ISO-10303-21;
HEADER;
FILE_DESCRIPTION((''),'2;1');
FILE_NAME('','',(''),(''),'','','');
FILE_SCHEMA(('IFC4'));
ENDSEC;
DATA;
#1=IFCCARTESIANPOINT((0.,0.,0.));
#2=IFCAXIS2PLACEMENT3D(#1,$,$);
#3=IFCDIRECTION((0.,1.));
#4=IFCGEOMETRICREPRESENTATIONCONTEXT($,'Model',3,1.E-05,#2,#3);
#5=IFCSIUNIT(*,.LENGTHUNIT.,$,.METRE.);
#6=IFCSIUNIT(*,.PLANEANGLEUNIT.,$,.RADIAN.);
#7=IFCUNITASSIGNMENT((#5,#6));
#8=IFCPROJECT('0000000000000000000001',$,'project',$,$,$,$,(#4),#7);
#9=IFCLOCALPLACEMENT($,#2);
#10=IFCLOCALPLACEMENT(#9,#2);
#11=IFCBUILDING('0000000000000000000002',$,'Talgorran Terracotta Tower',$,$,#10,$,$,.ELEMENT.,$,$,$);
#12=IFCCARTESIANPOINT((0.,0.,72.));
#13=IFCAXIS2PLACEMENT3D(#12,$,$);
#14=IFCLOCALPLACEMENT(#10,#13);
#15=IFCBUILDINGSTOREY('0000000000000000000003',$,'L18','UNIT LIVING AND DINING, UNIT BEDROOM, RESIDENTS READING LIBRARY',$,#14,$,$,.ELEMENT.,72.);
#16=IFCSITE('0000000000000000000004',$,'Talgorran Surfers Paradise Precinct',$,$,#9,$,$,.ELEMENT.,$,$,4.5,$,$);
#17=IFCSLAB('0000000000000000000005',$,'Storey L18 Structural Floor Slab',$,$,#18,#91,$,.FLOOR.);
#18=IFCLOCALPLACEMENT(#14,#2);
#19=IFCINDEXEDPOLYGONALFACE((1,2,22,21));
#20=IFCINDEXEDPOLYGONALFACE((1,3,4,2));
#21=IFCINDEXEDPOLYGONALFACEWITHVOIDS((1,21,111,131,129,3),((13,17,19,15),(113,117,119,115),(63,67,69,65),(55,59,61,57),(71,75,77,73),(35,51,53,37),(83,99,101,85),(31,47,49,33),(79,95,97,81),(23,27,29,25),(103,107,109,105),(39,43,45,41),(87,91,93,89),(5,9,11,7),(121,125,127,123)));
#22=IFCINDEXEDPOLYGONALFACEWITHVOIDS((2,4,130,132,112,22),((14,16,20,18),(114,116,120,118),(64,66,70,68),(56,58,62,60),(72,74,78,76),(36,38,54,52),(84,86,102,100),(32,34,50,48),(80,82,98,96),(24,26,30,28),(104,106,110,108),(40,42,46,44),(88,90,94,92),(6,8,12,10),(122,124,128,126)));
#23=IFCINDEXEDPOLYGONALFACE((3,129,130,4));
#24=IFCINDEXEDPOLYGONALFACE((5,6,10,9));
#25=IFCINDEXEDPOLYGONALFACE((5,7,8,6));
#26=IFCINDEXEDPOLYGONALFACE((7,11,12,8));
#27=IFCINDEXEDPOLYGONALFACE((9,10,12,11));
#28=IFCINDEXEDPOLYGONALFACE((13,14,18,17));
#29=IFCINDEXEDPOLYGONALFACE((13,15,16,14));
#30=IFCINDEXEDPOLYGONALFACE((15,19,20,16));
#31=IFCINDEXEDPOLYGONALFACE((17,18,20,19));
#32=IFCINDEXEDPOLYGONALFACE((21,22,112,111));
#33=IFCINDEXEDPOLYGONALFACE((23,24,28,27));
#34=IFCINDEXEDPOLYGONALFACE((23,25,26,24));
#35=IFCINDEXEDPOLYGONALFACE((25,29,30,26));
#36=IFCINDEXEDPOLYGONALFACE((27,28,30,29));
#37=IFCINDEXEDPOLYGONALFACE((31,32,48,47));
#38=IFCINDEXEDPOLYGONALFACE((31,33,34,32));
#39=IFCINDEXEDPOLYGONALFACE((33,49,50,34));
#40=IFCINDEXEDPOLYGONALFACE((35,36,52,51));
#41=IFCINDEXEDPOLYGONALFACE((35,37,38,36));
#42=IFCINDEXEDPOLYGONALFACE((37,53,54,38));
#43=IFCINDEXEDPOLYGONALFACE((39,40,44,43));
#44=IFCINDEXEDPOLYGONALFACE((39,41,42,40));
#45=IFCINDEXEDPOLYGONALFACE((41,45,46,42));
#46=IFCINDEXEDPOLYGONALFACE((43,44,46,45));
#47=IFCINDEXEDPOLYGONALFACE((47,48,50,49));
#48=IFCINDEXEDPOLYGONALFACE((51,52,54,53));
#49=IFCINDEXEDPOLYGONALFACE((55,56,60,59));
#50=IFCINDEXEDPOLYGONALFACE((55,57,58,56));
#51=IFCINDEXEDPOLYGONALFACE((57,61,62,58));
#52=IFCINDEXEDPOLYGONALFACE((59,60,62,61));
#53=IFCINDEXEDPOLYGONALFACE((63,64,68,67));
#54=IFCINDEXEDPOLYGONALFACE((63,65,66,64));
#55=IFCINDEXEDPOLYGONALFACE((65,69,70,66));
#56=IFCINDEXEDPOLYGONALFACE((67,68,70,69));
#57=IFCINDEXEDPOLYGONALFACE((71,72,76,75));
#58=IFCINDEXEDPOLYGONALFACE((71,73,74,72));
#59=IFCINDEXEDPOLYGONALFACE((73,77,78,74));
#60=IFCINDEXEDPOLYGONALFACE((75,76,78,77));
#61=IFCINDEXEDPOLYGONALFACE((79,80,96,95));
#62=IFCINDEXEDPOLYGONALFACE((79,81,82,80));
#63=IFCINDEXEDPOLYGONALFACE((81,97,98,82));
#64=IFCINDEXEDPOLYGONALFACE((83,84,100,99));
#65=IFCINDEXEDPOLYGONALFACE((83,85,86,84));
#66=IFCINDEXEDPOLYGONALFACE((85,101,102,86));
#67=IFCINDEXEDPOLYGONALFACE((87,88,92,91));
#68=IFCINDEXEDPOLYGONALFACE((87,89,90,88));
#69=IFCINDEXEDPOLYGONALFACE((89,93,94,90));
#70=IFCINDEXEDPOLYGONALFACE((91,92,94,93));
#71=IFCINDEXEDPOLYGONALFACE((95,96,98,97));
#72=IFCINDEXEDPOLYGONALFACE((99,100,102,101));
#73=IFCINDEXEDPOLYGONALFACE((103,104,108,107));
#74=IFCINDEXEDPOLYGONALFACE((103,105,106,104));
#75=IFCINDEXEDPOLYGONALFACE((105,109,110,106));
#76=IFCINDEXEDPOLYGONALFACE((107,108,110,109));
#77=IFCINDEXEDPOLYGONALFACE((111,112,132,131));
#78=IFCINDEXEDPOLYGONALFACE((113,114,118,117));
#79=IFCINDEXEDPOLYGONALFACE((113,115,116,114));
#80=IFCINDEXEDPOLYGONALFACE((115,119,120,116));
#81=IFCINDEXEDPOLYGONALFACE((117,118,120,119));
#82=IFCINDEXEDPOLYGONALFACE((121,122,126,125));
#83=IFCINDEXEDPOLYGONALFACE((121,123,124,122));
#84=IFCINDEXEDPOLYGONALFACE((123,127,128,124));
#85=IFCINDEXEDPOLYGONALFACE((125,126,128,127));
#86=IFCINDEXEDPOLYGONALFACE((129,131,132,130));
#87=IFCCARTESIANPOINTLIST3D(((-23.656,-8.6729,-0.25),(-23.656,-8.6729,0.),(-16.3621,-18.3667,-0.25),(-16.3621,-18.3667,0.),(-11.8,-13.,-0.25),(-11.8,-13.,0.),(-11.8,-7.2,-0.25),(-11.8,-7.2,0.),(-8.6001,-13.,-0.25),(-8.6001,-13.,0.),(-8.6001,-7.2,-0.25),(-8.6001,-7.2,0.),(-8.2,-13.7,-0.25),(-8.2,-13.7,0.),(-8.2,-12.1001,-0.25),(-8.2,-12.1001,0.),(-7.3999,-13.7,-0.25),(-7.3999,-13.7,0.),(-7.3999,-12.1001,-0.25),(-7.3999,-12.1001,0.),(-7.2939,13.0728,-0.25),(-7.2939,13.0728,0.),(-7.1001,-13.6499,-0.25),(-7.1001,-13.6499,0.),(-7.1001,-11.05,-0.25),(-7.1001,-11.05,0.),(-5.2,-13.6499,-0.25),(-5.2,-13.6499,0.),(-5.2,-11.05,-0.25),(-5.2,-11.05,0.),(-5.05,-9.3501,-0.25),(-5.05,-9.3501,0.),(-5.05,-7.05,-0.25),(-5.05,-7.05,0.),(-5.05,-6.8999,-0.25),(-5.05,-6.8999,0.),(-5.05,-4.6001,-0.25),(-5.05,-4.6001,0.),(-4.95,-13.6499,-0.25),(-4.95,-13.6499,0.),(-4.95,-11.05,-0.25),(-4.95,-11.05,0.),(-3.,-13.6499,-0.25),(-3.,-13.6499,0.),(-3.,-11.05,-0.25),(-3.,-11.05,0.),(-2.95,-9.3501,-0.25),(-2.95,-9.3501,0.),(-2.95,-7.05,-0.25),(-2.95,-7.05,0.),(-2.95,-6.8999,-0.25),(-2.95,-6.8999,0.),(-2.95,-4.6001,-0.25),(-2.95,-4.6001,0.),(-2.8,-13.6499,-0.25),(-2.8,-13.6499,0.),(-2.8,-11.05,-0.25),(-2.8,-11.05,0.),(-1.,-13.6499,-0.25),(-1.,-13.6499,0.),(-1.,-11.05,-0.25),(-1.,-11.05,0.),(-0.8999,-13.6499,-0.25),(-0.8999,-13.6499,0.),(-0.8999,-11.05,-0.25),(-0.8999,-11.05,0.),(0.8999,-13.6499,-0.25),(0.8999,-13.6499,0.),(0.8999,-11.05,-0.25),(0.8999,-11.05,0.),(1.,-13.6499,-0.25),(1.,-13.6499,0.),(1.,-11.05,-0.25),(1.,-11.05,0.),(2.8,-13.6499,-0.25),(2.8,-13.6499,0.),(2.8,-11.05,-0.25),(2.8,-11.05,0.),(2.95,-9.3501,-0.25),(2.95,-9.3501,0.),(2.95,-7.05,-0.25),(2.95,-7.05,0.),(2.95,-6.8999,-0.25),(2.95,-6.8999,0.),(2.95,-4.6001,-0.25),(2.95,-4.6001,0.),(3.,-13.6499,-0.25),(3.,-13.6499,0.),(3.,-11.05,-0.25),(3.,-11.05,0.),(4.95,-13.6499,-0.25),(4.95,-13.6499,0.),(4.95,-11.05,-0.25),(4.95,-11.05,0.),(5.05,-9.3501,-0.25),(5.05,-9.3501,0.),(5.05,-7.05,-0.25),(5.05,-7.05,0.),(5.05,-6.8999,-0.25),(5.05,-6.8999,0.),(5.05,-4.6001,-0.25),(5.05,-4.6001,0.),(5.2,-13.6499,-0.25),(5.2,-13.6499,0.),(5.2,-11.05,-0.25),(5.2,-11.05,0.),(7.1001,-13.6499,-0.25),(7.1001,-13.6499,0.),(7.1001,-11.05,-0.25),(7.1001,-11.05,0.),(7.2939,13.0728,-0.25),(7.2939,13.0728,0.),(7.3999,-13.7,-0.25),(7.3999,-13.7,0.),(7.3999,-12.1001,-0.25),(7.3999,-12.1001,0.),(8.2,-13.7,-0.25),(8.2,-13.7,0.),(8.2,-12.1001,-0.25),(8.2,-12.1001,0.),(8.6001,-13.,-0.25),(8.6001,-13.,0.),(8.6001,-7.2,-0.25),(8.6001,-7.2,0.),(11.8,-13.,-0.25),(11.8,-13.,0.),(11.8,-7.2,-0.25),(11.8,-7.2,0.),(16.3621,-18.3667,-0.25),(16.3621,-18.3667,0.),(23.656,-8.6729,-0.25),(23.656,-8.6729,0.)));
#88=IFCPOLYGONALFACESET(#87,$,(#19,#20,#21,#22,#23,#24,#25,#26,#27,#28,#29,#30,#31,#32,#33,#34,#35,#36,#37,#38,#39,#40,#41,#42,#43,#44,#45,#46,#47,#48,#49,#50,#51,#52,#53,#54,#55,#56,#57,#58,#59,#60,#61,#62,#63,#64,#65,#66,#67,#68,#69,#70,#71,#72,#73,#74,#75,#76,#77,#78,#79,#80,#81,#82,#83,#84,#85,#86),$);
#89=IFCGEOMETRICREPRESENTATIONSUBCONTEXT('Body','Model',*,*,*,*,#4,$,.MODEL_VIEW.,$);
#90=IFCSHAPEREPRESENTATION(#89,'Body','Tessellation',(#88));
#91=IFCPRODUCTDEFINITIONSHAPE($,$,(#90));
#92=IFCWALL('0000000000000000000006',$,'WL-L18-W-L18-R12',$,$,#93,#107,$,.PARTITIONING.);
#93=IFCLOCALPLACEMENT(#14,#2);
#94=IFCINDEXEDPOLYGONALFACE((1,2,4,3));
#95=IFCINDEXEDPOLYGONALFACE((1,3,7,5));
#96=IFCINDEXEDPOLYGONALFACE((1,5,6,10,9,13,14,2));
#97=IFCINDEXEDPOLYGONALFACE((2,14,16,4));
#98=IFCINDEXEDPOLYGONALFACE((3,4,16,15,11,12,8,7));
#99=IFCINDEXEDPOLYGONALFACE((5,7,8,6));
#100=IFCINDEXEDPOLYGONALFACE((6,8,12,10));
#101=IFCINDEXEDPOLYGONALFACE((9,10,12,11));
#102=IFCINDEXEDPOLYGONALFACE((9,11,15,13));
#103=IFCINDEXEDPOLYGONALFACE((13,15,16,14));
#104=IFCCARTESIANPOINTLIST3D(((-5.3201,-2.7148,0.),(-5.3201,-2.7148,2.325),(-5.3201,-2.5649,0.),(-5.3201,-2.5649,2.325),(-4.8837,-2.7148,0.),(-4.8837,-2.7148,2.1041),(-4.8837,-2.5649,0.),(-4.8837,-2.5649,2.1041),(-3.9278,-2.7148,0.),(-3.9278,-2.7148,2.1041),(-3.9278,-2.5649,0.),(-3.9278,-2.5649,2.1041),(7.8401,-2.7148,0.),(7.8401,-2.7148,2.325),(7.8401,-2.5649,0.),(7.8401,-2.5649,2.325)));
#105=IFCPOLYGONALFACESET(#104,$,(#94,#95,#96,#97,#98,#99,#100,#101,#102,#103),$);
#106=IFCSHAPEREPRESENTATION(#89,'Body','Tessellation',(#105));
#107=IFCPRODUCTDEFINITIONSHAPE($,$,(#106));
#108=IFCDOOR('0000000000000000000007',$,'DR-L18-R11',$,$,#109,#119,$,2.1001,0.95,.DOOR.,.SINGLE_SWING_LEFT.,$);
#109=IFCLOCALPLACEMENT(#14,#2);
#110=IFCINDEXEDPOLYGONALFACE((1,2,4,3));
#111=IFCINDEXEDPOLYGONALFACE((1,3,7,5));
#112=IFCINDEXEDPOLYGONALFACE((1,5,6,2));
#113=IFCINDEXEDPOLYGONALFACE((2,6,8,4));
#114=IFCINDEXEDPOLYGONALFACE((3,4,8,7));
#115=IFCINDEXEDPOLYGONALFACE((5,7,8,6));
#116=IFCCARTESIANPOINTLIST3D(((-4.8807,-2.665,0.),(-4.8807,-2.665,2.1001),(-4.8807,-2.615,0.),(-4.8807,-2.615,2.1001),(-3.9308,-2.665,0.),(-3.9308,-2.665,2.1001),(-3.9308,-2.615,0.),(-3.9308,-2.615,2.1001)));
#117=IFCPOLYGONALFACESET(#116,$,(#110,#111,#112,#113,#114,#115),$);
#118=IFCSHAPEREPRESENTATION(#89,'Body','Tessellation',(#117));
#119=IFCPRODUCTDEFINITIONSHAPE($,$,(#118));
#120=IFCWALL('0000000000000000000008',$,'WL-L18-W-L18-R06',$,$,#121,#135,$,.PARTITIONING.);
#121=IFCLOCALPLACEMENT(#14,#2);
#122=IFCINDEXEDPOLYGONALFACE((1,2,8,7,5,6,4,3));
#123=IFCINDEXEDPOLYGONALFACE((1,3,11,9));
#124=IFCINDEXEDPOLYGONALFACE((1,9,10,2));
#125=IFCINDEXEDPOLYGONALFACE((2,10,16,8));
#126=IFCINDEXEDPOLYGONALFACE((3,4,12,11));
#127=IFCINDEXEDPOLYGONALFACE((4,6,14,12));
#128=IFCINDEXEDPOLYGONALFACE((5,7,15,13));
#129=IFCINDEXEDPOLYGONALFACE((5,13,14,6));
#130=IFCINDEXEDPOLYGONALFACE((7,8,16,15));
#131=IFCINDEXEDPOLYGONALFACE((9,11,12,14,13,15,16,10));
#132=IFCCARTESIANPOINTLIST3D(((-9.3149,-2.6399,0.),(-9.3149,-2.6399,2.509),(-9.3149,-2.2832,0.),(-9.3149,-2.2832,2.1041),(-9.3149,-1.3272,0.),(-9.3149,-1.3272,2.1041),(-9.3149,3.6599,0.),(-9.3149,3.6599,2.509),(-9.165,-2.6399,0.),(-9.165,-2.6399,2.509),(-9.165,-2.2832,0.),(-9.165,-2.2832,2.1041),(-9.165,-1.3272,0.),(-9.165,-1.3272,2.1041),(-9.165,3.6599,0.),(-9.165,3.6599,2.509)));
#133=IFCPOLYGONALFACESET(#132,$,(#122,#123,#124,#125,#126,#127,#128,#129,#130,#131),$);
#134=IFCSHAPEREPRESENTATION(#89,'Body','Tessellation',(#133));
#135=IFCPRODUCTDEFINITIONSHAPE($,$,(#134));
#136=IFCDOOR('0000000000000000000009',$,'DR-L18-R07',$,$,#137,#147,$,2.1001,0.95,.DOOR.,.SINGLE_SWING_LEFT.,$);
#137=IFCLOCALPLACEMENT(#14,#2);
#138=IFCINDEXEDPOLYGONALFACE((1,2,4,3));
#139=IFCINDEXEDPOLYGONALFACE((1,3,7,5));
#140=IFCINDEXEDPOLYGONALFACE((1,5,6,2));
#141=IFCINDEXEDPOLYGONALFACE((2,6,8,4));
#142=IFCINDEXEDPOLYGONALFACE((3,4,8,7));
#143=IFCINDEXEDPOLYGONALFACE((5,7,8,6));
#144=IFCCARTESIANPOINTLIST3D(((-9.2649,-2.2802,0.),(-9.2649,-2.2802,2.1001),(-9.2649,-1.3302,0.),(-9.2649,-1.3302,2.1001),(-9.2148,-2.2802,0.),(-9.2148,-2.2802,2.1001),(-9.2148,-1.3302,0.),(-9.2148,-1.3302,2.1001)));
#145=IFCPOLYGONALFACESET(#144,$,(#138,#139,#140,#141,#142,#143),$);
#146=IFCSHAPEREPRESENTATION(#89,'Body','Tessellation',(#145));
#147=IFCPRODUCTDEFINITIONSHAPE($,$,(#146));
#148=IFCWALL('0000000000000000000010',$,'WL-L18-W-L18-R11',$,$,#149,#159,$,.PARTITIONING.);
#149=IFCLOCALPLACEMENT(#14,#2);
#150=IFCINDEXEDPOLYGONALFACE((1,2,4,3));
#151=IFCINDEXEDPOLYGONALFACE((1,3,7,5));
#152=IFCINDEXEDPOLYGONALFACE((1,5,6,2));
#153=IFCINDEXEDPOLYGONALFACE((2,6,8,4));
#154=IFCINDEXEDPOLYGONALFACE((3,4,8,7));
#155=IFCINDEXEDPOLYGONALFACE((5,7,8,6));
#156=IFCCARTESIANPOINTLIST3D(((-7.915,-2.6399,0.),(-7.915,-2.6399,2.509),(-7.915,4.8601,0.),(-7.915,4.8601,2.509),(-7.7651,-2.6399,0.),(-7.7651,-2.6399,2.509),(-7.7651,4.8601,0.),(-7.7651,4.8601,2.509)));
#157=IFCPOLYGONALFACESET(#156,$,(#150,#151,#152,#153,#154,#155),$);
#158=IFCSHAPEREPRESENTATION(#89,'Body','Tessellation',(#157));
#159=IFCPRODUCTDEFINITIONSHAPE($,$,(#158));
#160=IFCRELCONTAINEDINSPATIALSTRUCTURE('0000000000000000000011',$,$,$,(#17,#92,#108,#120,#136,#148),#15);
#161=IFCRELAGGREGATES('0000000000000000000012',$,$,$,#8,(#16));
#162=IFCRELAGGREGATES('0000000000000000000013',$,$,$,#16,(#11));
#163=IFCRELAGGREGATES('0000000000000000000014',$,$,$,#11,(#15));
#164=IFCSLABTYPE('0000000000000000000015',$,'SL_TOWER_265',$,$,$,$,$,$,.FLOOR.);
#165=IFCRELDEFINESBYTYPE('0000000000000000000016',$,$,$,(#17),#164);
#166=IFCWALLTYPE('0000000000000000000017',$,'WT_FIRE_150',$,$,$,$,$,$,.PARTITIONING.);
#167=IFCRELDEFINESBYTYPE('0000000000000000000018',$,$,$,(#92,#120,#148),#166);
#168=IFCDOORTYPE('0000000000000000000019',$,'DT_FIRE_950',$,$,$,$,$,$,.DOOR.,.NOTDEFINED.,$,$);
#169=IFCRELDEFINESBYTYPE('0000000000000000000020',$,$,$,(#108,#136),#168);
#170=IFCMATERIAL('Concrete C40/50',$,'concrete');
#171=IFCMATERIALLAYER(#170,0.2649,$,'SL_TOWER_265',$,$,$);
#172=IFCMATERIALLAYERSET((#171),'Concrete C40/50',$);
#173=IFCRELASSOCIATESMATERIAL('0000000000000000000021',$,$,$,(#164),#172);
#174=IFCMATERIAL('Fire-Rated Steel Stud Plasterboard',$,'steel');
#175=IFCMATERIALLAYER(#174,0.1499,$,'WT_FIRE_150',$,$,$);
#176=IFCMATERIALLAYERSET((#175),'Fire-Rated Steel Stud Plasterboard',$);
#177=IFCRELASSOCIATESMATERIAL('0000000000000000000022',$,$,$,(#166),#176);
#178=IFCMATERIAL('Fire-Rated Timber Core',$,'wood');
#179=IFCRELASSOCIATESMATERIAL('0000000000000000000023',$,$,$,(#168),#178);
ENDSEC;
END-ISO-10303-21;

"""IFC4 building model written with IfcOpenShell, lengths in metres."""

from ifc_helpers import new_model, si_unit, direction, frame, frame_2d, origin, place, context, subcontext, project, spatial, polyline, rectangle, outline, extrude, material, layer, layer_set, type_object, element, fill, save


model = new_model("IFC4")

# Units and contexts
model_context = context("Model", 3, precision=1e-05, world=origin(), true_north=direction((0.0, 1.0)))
body_context = subcontext(model_context, "Body", "Model", "MODEL_VIEW")
ifc_project = project(units=[si_unit("LENGTHUNIT", "METRE"), si_unit("PLANEANGLEUNIT", "RADIAN")], contexts=[model_context])

# Site, building, storey
site_placement = place(None, origin())
site = spatial("IfcSite", under=ifc_project, at=site_placement, Name="Talgorran Surfers Paradise Precinct", CompositionType="ELEMENT", RefElevation=4.5)
building_placement = place(site_placement, origin())
building = spatial("IfcBuilding", under=site, at=building_placement, Name="Talgorran Terracotta Tower", CompositionType="ELEMENT")
storey_placement = place(building_placement, frame((0.0, 0.0, 72.0)))
storey = spatial("IfcBuildingStorey", under=building, at=storey_placement, Name="L18", Description="UNIT LIVING AND DINING, UNIT BEDROOM, RESIDENTS READING LIBRARY", CompositionType="ELEMENT", Elevation=72.0)

# Slab
ifc_material_1 = material(Name="Concrete C40/50", Category="concrete")
ifc_layer_1 = layer(ifc_material_1, 0.2649, Name="SL_TOWER_265")
ifc_layer_set_1 = layer_set([ifc_layer_1], Name="Concrete C40/50")
slab_type_1 = type_object("IfcSlabType", Name="SL_TOWER_265", PredefinedType="FLOOR", material=ifc_layer_set_1)
slab_1_placement = place(storey_placement, frame((0.0, 0.0, -0.25)))
element("IfcSlab", 1, at=slab_1_placement, inside=storey, type_object=slab_type_1, Name="Storey L18 Structural Floor Slab", PredefinedType="FLOOR", context=body_context, shape_type="SweptSolid", body=[
    extrude(outline(polyline([(-23.656, -8.6729), (-16.3621, -18.3667), (16.3621, -18.3667), (23.656, -8.6729), (7.2939, 13.0728), (-7.2939, 13.0728), (-23.656, -8.6729)]), holes=[polyline([(-11.8, -7.2), (-11.8, -13.0), (-8.6001, -13.0), (-8.6001, -7.2), (-11.8, -7.2)]), polyline([(8.6001, -7.2), (8.6001, -13.0), (11.8, -13.0), (11.8, -7.2), (8.6001, -7.2)]), polyline([(-7.1001, -13.6499), (-5.2, -13.6499), (-5.2, -11.05), (-7.1001, -11.05), (-7.1001, -13.6499)]), polyline([(5.2, -13.6499), (7.1001, -13.6499), (7.1001, -11.05), (5.2, -11.05), (5.2, -13.6499)]), polyline([(3.0, -13.6499), (4.95, -13.6499), (4.95, -11.05), (3.0, -11.05), (3.0, -13.6499)]), polyline([(-4.95, -13.6499), (-3.0, -13.6499), (-3.0, -11.05), (-4.95, -11.05), (-4.95, -13.6499)]), polyline([(-5.05, -9.3501), (-2.95, -9.3501), (-2.95, -7.05), (-5.05, -7.05), (-5.05, -9.3501)]), polyline([(-5.05, -6.8999), (-2.95, -6.8999), (-2.95, -4.6001), (-5.05, -4.6001), (-5.05, -6.8999)]), polyline([(2.95, -9.3501), (5.05, -9.3501), (5.05, -7.05), (2.95, -7.05), (2.95, -9.3501)]), polyline([(2.95, -6.8999), (5.05, -6.8999), (5.05, -4.6001), (2.95, -4.6001), (2.95, -6.8999)]), polyline([(-2.8, -13.6499), (-1.0, -13.6499), (-1.0, -11.05), (-2.8, -11.05), (-2.8, -13.6499)]), polyline([(-0.8999, -13.6499), (0.8999, -13.6499), (0.8999, -11.05), (-0.8999, -11.05), (-0.8999, -13.6499)]), polyline([(1.0, -13.6499), (2.8, -13.6499), (2.8, -11.05), (1.0, -11.05), (1.0, -13.6499)]), polyline([(-8.2, -13.7), (-7.3999, -13.7), (-7.3999, -12.1001), (-8.2, -12.1001), (-8.2, -13.7)]), polyline([(7.3999, -13.7), (8.2, -13.7), (8.2, -12.1001), (7.3999, -12.1001), (7.3999, -13.7)])]), origin(), (0.0, 0.0, 1.0), 0.25),
])

# Walls, openings, doors
ifc_material_2 = material(Name="Fire-Rated Steel Stud Plasterboard", Category="steel")
ifc_layer_2 = layer(ifc_material_2, 0.1499, Name="WT_FIRE_150")
ifc_layer_set_2 = layer_set([ifc_layer_2], Name="Fire-Rated Steel Stud Plasterboard")
wall_type_1 = type_object("IfcWallType", Name="WT_FIRE_150", PredefinedType="PARTITIONING", material=ifc_layer_set_2)
wall_1_placement = place(storey_placement, frame((-5.3201, -2.6399, 0.0), z_axis=(0.0, 0.0, 1.0), x_axis=(1.0, 0.0, 0.0)))
wall_1 = element("IfcWall", 2, at=wall_1_placement, inside=storey, type_object=wall_type_1, Name="WL-L18-W-L18-R12", PredefinedType="PARTITIONING", context=body_context, shape_type="SweptSolid", body=[
    extrude(rectangle(XDim=13.1602, YDim=0.1499, at=frame_2d((6.5801, 0.0))), origin(), (0.0, 0.0, 1.0), 2.325),
])
opening_1_placement = place(wall_1_placement, frame((0.4392, 0.0, 0.0)))
opening_1 = element("IfcOpeningElement", 3, at=opening_1_placement, cuts=wall_1, PredefinedType="OPENING", context=body_context, shape_type="SweptSolid", body=[
    extrude(rectangle(XDim=0.956, YDim=2.1041, at=frame_2d((0.4751, 1.052))), frame((0.0, 0.085, 0.0), z_axis=(0.0, -1.0, 0.0), x_axis=(1.0, 0.0, 0.0)), (0.0, 0.0, 1.0), 0.1699),
])
ifc_material_3 = material(Name="Fire-Rated Timber Core", Category="wood")
door_type_1 = type_object("IfcDoorType", Name="DT_FIRE_950", OperationType="NOTDEFINED", PredefinedType="DOOR", material=ifc_material_3)
door_1_placement = place(opening_1_placement, origin())
door_1 = element("IfcDoor", 4, at=door_1_placement, inside=storey, type_object=door_type_1, Name="DR-L18-R11", OperationType="SINGLE_SWING_LEFT", OverallHeight=2.1001, OverallWidth=0.95, PredefinedType="DOOR", context=body_context, shape_type="SweptSolid", body=[
    extrude(rectangle(XDim=0.95, YDim=2.1001, at=frame_2d((0.4751, 1.05))), frame((0.0, 0.0249, 0.0), z_axis=(0.0, -1.0, 0.0), x_axis=(1.0, 0.0, 0.0)), (0.0, 0.0, 1.0), 0.05),
])
fill(opening_1, door_1)
wall_2_placement = place(storey_placement, frame((-9.24, -2.6399, 0.0), z_axis=(0.0, 0.0, 1.0), x_axis=(0.0, 1.0, 0.0)))
wall_2 = element("IfcWall", 5, at=wall_2_placement, inside=storey, type_object=wall_type_1, Name="WL-L18-W-L18-R06", PredefinedType="PARTITIONING", context=body_context, shape_type="SweptSolid", body=[
    extrude(rectangle(XDim=6.2998, YDim=0.1499, at=frame_2d((3.1499, 0.0))), origin(), (0.0, 0.0, 1.0), 2.509),
])
opening_2_placement = place(wall_2_placement, frame((0.3596, 0.0, 0.0)))
opening_2 = element("IfcOpeningElement", 6, at=opening_2_placement, cuts=wall_2, PredefinedType="OPENING", context=body_context, shape_type="SweptSolid", body=[
    extrude(rectangle(XDim=0.956, YDim=2.1041, at=frame_2d((0.4751, 1.052))), frame((0.0, 0.085, 0.0), z_axis=(0.0, -1.0, 0.0), x_axis=(1.0, 0.0, 0.0)), (0.0, 0.0, 1.0), 0.1699),
])
door_2_placement = place(opening_2_placement, origin())
door_2 = element("IfcDoor", 7, at=door_2_placement, inside=storey, type_object=door_type_1, Name="DR-L18-R07", OperationType="SINGLE_SWING_LEFT", OverallHeight=2.1001, OverallWidth=0.95, PredefinedType="DOOR", context=body_context, shape_type="SweptSolid", body=[
    extrude(rectangle(XDim=0.95, YDim=2.1001, at=frame_2d((0.4751, 1.05))), frame((0.0, 0.0249, 0.0), z_axis=(0.0, -1.0, 0.0), x_axis=(1.0, 0.0, 0.0)), (0.0, 0.0, 1.0), 0.05),
])
fill(opening_2, door_2)

# Wall
wall_3_placement = place(storey_placement, frame((-7.8401, -2.6399, 0.0), z_axis=(0.0, 0.0, 1.0), x_axis=(0.0, 1.0, 0.0)))
element("IfcWall", 8, at=wall_3_placement, inside=storey, type_object=wall_type_1, Name="WL-L18-W-L18-R11", PredefinedType="PARTITIONING", context=body_context, shape_type="SweptSolid", body=[
    extrude(rectangle(XDim=7.5, YDim=0.1499, at=frame_2d((3.75, 0.0))), origin(), (0.0, 0.0, 1.0), 2.509),
])

save(model, "model.ifc")
